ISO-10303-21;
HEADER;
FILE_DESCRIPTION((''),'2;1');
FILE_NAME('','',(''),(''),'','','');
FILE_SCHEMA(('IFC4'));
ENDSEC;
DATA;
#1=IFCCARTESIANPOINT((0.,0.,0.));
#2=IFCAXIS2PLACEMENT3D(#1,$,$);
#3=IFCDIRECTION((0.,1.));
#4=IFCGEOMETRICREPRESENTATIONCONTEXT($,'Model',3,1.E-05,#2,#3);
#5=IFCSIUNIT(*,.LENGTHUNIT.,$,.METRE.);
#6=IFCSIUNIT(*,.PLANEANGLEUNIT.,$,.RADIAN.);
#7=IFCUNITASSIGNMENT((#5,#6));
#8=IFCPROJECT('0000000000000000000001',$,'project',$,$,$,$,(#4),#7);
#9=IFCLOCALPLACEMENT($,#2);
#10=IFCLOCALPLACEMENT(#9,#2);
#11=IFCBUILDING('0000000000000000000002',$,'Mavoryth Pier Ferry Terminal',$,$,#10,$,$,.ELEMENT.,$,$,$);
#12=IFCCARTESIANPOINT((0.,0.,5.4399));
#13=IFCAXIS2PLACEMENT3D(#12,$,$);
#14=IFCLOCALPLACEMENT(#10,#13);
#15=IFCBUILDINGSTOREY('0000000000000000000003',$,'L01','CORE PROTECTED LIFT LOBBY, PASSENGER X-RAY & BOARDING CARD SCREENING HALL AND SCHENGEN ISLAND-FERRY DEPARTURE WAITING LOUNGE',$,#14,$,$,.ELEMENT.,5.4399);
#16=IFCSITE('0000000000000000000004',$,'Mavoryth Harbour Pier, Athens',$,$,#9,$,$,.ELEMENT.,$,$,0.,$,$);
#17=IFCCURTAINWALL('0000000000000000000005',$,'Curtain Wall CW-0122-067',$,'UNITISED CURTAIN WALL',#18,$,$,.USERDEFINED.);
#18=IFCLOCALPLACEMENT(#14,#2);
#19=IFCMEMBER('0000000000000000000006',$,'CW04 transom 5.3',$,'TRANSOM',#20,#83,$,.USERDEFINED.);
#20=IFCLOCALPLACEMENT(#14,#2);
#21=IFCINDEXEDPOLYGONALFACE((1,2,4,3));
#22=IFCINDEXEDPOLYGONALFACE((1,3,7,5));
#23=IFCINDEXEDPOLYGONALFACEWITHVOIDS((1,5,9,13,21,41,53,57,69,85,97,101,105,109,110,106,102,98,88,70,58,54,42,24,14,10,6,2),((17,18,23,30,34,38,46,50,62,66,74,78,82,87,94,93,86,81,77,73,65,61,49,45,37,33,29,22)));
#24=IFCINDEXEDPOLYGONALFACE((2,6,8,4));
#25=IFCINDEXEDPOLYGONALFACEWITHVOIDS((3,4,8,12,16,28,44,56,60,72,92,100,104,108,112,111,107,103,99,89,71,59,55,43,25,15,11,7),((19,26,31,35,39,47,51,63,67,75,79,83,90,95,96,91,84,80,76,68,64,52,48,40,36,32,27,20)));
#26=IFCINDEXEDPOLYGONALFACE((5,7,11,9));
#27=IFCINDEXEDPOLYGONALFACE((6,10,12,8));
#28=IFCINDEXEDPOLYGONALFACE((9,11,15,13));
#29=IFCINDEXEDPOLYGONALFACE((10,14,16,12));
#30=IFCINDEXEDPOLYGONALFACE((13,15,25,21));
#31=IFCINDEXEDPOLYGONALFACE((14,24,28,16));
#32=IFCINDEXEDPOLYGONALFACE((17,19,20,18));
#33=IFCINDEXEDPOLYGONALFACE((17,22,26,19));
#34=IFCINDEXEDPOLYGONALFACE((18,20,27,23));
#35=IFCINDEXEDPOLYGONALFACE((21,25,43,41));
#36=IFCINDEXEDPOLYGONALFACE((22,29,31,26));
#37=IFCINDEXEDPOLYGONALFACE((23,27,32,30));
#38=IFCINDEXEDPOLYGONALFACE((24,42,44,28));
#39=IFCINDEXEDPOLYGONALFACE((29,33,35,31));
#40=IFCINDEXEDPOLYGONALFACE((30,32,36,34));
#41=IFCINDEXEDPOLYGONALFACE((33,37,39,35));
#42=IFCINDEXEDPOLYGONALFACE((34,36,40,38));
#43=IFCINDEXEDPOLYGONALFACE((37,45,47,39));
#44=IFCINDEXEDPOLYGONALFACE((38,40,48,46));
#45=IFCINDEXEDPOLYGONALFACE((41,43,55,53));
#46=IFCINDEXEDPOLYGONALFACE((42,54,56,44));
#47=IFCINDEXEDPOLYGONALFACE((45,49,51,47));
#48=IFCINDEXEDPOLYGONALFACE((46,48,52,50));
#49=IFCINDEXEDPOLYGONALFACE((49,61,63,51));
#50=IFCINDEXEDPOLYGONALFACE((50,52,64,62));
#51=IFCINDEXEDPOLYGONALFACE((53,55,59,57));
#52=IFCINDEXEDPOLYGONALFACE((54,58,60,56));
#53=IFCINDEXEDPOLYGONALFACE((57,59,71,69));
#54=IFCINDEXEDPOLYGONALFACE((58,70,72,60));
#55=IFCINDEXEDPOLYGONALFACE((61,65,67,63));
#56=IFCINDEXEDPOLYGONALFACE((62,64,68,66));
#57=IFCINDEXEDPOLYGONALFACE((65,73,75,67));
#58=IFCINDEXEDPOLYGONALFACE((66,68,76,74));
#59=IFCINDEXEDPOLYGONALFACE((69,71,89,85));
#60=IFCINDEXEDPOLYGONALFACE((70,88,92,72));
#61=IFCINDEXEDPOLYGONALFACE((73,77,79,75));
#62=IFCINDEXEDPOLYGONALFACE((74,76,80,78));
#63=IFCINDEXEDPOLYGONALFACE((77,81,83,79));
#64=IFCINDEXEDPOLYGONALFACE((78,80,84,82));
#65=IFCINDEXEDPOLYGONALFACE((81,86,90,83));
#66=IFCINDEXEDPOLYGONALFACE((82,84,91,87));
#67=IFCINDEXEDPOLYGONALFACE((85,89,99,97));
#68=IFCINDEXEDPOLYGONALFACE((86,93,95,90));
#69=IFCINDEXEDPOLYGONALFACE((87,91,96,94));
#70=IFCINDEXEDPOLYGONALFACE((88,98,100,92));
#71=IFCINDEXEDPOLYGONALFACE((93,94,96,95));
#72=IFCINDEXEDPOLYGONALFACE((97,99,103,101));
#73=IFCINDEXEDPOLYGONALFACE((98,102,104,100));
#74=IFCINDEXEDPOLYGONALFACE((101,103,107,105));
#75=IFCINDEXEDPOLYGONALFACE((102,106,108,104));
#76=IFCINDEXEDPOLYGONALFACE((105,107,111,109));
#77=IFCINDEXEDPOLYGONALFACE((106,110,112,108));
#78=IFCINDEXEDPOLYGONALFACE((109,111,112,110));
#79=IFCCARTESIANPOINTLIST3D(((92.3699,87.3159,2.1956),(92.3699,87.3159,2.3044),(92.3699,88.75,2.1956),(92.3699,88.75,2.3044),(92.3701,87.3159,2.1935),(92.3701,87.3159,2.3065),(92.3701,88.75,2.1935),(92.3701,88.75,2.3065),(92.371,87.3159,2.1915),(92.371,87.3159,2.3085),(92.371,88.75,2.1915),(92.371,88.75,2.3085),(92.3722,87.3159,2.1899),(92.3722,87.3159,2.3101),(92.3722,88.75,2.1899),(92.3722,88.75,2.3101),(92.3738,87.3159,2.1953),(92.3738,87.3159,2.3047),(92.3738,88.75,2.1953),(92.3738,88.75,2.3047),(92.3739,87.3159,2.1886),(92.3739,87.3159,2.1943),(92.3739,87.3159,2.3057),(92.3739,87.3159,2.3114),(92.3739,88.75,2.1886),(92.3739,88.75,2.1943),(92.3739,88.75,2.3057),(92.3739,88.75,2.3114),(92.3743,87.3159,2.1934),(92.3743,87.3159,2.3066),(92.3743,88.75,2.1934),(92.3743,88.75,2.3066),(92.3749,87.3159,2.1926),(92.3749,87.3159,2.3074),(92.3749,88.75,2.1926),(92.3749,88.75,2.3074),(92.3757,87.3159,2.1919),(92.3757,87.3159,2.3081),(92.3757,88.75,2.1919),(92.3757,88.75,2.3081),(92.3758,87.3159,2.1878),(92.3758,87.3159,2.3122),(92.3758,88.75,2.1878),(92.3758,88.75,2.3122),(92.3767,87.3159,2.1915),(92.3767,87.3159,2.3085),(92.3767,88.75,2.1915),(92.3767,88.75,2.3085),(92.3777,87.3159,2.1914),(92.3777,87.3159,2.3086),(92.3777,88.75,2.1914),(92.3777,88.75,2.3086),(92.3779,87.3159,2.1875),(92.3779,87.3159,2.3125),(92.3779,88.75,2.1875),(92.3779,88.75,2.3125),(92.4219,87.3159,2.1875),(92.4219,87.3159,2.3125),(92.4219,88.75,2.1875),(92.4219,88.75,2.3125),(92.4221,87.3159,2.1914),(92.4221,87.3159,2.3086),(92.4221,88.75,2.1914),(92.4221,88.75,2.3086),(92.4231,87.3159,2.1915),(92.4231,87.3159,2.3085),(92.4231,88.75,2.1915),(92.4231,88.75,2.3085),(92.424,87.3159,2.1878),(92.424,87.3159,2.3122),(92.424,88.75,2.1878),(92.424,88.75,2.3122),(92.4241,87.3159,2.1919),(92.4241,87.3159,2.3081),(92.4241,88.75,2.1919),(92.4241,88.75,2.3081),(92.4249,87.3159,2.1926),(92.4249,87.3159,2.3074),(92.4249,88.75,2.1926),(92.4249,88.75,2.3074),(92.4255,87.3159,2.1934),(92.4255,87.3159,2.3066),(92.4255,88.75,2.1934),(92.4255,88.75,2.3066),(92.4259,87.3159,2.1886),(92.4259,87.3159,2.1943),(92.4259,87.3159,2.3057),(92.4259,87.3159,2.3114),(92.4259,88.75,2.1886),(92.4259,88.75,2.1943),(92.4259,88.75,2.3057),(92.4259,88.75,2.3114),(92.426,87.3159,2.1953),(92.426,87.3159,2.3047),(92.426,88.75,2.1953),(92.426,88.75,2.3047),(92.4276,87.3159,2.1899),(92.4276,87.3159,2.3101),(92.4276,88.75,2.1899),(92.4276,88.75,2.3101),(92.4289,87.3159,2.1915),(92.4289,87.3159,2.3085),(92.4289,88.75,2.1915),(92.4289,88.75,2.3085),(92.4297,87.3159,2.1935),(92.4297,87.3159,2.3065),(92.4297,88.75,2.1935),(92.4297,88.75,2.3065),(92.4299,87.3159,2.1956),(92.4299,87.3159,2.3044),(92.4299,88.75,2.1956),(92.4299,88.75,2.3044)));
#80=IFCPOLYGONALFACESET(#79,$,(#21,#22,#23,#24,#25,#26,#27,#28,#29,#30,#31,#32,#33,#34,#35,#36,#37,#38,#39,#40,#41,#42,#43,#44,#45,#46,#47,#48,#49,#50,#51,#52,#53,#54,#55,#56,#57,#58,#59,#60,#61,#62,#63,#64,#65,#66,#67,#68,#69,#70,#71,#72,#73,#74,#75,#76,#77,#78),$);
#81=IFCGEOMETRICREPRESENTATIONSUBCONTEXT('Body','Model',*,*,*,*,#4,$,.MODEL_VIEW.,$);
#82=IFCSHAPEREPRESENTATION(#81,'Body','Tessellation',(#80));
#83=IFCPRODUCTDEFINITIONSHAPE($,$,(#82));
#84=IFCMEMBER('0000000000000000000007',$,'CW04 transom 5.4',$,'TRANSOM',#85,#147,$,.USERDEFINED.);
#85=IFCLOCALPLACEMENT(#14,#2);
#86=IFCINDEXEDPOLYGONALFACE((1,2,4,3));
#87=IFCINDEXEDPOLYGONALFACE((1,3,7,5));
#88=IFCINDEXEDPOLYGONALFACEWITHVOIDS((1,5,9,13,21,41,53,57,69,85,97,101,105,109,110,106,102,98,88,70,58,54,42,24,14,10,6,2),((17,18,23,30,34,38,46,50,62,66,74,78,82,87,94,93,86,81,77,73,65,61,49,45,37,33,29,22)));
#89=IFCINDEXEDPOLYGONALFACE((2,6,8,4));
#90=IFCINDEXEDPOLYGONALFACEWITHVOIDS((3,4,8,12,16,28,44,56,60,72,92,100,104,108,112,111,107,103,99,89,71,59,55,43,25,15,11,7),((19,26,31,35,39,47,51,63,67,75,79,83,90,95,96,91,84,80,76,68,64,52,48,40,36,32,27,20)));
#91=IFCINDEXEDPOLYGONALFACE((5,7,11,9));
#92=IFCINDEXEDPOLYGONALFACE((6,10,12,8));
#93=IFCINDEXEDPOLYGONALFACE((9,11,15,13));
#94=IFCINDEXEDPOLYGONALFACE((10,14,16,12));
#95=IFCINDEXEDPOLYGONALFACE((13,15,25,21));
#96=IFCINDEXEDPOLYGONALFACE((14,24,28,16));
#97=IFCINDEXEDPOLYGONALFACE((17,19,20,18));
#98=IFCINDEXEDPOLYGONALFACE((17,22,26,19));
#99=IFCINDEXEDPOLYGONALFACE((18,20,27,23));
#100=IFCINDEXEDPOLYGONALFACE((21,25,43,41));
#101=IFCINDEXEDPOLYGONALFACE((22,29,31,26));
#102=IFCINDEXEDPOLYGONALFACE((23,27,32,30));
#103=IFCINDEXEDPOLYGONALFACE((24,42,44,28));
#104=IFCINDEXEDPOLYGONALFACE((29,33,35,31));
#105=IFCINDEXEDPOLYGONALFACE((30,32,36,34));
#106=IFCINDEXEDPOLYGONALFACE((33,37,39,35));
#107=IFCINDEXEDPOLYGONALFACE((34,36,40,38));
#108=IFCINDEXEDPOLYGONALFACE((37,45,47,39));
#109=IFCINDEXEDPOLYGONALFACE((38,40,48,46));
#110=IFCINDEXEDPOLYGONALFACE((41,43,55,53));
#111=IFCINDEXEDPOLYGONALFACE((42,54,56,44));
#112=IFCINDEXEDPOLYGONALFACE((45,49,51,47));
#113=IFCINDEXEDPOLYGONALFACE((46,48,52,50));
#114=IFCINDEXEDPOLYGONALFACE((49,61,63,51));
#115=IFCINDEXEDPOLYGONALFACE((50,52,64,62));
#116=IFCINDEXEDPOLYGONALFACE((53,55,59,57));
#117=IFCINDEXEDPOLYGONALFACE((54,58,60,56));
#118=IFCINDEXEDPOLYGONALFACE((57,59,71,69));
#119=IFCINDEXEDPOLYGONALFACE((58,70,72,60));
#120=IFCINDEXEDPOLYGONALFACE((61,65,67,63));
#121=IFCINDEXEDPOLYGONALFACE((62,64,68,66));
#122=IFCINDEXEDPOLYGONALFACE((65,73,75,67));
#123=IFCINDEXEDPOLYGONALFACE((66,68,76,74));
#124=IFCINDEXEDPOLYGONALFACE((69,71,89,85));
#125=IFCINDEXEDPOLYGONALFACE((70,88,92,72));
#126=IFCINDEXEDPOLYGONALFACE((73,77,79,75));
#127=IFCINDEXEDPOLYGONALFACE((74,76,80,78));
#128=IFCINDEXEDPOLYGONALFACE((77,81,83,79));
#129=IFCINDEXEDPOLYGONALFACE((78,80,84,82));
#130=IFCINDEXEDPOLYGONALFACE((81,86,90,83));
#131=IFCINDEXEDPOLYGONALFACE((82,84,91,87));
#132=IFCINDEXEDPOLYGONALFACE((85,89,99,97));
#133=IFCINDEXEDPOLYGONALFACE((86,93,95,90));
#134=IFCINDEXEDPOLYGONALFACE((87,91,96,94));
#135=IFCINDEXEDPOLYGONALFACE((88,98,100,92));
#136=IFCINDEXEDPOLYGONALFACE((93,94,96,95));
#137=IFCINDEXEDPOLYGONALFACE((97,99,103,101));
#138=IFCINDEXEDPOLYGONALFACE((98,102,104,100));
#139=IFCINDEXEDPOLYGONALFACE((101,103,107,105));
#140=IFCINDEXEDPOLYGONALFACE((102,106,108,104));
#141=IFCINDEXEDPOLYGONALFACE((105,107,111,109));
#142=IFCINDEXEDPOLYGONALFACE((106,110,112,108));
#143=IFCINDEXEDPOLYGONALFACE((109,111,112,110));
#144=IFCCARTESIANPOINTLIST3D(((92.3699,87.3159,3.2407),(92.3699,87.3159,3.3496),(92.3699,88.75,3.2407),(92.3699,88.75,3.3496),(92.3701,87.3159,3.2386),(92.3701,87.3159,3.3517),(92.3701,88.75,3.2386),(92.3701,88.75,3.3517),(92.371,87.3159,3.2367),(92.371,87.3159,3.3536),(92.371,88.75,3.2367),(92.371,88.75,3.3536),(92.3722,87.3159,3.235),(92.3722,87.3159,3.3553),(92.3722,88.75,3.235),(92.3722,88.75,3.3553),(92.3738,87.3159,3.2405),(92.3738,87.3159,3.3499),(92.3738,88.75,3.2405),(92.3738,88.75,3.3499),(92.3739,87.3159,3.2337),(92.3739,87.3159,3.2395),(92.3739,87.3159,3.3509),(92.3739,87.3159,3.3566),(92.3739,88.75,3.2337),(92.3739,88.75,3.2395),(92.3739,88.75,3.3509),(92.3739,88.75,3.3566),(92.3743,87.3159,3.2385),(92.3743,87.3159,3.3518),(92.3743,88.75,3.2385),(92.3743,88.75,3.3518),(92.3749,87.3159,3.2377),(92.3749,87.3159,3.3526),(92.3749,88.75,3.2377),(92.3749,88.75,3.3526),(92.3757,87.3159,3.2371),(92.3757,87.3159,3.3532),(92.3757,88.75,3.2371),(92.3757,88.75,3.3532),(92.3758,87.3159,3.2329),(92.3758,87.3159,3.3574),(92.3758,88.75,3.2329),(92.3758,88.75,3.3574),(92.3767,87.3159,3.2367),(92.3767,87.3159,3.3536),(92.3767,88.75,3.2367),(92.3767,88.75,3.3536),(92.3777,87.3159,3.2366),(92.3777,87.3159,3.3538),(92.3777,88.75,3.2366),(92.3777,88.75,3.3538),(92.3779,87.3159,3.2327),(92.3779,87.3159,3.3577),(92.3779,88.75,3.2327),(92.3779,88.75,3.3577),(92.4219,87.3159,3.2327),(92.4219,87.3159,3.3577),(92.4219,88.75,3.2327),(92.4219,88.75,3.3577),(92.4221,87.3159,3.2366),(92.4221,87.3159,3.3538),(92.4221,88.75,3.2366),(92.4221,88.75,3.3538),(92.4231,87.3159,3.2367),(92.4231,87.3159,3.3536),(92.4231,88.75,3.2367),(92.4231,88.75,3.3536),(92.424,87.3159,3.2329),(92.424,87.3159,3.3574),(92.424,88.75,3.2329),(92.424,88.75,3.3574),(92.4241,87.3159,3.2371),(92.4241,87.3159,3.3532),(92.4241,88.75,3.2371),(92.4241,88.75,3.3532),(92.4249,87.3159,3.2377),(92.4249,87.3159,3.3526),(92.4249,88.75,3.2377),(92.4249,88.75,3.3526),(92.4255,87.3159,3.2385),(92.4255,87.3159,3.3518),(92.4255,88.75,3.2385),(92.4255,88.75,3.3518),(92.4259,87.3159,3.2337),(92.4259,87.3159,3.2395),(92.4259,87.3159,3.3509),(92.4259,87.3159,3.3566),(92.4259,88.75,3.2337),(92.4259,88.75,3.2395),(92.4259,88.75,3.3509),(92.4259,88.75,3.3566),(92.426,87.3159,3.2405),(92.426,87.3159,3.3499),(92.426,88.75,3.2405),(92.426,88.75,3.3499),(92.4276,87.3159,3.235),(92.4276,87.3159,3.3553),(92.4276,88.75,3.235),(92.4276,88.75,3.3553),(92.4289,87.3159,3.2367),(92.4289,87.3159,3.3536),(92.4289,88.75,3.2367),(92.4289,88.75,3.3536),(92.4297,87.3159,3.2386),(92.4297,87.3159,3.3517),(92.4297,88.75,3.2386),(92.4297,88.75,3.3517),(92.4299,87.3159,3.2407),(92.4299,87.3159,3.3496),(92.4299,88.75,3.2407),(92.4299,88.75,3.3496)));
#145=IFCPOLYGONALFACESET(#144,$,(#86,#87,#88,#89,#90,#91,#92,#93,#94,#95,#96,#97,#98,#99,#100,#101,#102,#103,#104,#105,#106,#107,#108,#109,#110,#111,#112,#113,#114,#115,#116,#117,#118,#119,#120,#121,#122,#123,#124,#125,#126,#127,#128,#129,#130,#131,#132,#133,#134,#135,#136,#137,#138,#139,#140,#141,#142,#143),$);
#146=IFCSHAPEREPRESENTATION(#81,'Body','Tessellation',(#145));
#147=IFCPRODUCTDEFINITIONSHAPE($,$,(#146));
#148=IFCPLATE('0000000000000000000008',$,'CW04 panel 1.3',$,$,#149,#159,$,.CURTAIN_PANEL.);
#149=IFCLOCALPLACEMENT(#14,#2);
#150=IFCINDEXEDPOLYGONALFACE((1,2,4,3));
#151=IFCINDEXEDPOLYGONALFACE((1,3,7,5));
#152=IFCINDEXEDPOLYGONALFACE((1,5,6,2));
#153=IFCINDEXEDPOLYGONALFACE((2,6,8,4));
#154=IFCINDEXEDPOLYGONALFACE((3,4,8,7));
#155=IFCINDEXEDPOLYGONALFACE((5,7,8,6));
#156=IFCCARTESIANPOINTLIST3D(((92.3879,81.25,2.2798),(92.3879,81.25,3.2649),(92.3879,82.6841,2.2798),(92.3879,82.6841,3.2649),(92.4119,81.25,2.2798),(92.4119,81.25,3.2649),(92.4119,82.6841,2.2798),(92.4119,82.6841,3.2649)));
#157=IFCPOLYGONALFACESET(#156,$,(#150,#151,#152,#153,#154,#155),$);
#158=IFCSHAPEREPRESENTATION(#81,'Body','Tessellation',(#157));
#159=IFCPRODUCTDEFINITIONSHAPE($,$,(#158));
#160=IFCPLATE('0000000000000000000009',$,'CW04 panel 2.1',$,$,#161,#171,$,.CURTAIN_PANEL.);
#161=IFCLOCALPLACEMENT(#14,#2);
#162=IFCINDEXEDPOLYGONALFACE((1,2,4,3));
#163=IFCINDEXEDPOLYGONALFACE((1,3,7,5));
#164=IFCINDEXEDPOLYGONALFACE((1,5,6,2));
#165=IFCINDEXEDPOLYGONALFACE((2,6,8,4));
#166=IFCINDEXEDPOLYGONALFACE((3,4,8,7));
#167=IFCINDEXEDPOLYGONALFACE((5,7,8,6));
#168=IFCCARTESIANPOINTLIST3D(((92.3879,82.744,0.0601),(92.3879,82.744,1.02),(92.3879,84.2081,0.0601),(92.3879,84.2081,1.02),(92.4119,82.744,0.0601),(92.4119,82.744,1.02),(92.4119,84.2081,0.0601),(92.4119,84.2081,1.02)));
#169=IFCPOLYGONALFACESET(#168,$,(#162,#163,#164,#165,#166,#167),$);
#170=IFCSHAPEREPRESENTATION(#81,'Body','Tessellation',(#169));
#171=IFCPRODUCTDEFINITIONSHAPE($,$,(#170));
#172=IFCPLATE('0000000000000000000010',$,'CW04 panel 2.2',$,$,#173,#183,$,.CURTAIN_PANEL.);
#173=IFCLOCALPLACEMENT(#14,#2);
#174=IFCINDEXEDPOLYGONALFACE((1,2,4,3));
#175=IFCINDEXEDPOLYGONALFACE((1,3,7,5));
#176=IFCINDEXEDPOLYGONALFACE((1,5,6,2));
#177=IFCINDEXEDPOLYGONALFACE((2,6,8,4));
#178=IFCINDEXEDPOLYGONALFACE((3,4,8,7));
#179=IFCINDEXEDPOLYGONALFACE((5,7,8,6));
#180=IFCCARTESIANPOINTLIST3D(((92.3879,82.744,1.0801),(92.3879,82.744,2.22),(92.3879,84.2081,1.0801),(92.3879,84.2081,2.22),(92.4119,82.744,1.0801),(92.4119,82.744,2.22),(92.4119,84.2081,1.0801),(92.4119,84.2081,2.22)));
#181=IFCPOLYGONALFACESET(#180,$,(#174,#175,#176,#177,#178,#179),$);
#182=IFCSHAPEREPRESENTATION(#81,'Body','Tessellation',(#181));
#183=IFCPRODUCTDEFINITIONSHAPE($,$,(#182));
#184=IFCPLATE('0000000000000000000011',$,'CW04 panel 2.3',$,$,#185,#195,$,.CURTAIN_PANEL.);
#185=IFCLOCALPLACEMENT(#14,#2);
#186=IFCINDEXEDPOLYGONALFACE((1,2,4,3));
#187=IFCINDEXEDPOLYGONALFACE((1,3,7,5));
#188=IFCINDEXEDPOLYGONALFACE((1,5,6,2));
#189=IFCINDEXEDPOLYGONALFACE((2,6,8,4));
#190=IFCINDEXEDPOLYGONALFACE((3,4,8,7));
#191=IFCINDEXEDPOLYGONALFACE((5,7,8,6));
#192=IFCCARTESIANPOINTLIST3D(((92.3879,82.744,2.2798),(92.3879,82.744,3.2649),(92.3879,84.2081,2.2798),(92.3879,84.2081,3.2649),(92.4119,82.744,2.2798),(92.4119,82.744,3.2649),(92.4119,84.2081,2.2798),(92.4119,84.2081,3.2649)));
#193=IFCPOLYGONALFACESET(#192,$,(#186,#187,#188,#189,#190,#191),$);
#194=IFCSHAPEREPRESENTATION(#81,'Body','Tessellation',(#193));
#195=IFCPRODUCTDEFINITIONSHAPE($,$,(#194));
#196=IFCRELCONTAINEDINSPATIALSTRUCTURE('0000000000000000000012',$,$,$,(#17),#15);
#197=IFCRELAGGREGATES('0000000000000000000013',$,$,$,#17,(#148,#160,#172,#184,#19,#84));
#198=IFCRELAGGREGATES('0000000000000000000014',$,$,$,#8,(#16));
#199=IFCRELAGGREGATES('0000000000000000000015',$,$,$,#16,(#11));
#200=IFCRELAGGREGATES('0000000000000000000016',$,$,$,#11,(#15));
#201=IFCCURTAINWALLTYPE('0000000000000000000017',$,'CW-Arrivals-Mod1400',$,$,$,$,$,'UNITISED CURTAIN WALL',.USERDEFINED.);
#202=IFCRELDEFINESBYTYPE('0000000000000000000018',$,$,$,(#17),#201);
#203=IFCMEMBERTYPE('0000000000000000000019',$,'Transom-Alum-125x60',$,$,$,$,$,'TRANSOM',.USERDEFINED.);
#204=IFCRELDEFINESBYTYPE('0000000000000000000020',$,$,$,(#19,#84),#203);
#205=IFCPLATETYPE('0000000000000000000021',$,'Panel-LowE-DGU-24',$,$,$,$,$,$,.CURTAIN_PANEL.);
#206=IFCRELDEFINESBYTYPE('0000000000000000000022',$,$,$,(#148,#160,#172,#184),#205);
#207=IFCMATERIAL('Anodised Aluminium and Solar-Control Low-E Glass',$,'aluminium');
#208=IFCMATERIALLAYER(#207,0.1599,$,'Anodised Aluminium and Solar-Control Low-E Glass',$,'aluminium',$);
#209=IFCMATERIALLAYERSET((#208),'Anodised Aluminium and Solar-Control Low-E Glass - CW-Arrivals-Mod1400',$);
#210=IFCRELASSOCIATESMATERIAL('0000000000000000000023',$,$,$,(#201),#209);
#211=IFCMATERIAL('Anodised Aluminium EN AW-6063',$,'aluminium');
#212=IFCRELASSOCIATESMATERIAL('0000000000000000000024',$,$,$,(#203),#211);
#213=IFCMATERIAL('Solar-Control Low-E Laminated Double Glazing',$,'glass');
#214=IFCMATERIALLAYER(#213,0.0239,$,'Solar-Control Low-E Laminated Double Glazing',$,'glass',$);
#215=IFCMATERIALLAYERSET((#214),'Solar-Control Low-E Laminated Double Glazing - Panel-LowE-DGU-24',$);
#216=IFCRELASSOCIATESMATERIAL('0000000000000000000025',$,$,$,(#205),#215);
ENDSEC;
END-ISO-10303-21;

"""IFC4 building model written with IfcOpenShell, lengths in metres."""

from ifc_helpers import new_model, si_unit, direction, frame, origin, origin_2d, place, context, subcontext, project, spatial, rectangle, hollow_rectangle, extrude, material, layer, layer_set, material_profile, profile_set, type_object, element, aggregate, save


model = new_model("IFC4")

# Units and contexts
model_context = context("Model", 3, precision=1e-05, world=origin(), true_north=direction((0.0, 1.0)))
body_context = subcontext(model_context, "Body", "Model", "MODEL_VIEW")
ifc_project = project(units=[si_unit("LENGTHUNIT", "METRE"), si_unit("PLANEANGLEUNIT", "RADIAN")], contexts=[model_context])

# Site, building, storey
site_placement = place(None, origin())
site = spatial("IfcSite", under=ifc_project, at=site_placement, Name="Mavoryth Harbour Pier, Athens", CompositionType="ELEMENT", RefElevation=0.0)
building_placement = place(site_placement, origin())
building = spatial("IfcBuilding", under=site, at=building_placement, Name="Mavoryth Pier Ferry Terminal", CompositionType="ELEMENT")
storey_placement = place(building_placement, frame((0.0, 0.0, 5.4399)))
storey = spatial("IfcBuildingStorey", under=building, at=storey_placement, Name="L01", Description="CORE PROTECTED LIFT LOBBY, PASSENGER X-RAY & BOARDING CARD SCREENING HALL AND SCHENGEN ISLAND-FERRY DEPARTURE WAITING LOUNGE", CompositionType="ELEMENT", Elevation=5.4399)

# Curtain wall
ifc_material_1 = material(Name="Anodised Aluminium and Solar-Control Low-E Glass", Category="aluminium")
ifc_layer_1 = layer(ifc_material_1, 0.1599, Name="Anodised Aluminium and Solar-Control Low-E Glass", Category="aluminium")
ifc_layer_set_1 = layer_set([ifc_layer_1], Name="Anodised Aluminium and Solar-Control Low-E Glass - CW-Arrivals-Mod1400")
curtain_wall_type = type_object("IfcCurtainWallType", Name="CW-Arrivals-Mod1400", ElementType="UNITISED CURTAIN WALL", PredefinedType="USERDEFINED", material=ifc_layer_set_1)
curtain_wall_1_placement = place(storey_placement, origin())
curtain_wall_1 = element("IfcCurtainWall", 1, at=curtain_wall_1_placement, inside=storey, type_object=curtain_wall_type, Name="Curtain Wall CW-0122-067", ObjectType="UNITISED CURTAIN WALL", PredefinedType="USERDEFINED")
ifc_material_2 = material(Name="Anodised Aluminium EN AW-6063", Category="aluminium")

# Members
ifc_material_profile_1 = material_profile(ifc_material_2, hollow_rectangle(XDim=0.0601, YDim=0.125, WallThickness=0.0039, InnerFilletRadius=0.0039, OuterFilletRadius=0.0081, at=origin_2d()), Name="AL-TRAN 125x60x4", Category="aluminium")
ifc_profile_set_1 = profile_set([ifc_material_profile_1], Name="Anodised Aluminium EN AW-6063 - AL-TRAN 125x60x4")
member_type_1 = type_object("IfcMemberType", Name="Transom-Alum-125x60", ElementType="TRANSOM", PredefinedType="USERDEFINED", material=ifc_profile_set_1)
member_1_placement = place(storey_placement, frame((92.3999, 87.3159, 2.25), z_axis=(0.0, 1.0, 0.0), x_axis=(-1.0, 0.0, 0.0)))
member_1 = element("IfcMember", 2, at=member_1_placement, type_object=member_type_1, Name="CW04 transom 5.3", ObjectType="TRANSOM", PredefinedType="USERDEFINED", context=body_context, shape_type="SweptSolid", body=[
    extrude(hollow_rectangle(XDim=0.0601, YDim=0.125, WallThickness=0.0039, InnerFilletRadius=0.0039, OuterFilletRadius=0.0081, at=origin_2d()), origin(), (0.0, 0.0, 1.0), 1.4341),
])
member_2_placement = place(storey_placement, frame((92.3999, 87.3159, 3.2952), z_axis=(0.0, 1.0, 0.0), x_axis=(-1.0, 0.0, 0.0)))
member_2 = element("IfcMember", 3, at=member_2_placement, type_object=member_type_1, Name="CW04 transom 5.4", ObjectType="TRANSOM", PredefinedType="USERDEFINED", context=body_context, shape_type="SweptSolid", body=[
    extrude(hollow_rectangle(XDim=0.0601, YDim=0.125, WallThickness=0.0039, InnerFilletRadius=0.0039, OuterFilletRadius=0.0081, at=origin_2d()), origin(), (0.0, 0.0, 1.0), 1.4341),
])

# Plates
ifc_material_3 = material(Name="Solar-Control Low-E Laminated Double Glazing", Category="glass")
ifc_layer_2 = layer(ifc_material_3, 0.0239, Name="Solar-Control Low-E Laminated Double Glazing", Category="glass")
ifc_layer_set_2 = layer_set([ifc_layer_2], Name="Solar-Control Low-E Laminated Double Glazing - Panel-LowE-DGU-24")
plate_type = type_object("IfcPlateType", Name="Panel-LowE-DGU-24", PredefinedType="CURTAIN_PANEL", material=ifc_layer_set_2)
plate_1_placement = place(storey_placement, frame((92.3999, 81.967, 2.2798), z_axis=(0.0, 0.0, 1.0), x_axis=(0.0, 1.0, 0.0)))
plate_1 = element("IfcPlate", 4, at=plate_1_placement, type_object=plate_type, Name="CW04 panel 1.3", PredefinedType="CURTAIN_PANEL", context=body_context, shape_type="SweptSolid", body=[
    extrude(rectangle(XDim=1.4341, YDim=0.0239, at=origin_2d()), origin(), (0.0, 0.0, 1.0), 0.9851),
])
plate_2_placement = place(storey_placement, frame((92.3999, 83.4761, 0.0601), z_axis=(0.0, 0.0, 1.0), x_axis=(0.0, 1.0, 0.0)))
plate_2 = element("IfcPlate", 5, at=plate_2_placement, type_object=plate_type, Name="CW04 panel 2.1", PredefinedType="CURTAIN_PANEL", context=body_context, shape_type="SweptSolid", body=[
    extrude(rectangle(XDim=1.4641, YDim=0.0239, at=origin_2d()), origin(), (0.0, 0.0, 1.0), 0.96),
])
plate_3_placement = place(storey_placement, frame((92.3999, 83.4761, 1.0801), z_axis=(0.0, 0.0, 1.0), x_axis=(0.0, 1.0, 0.0)))
plate_3 = element("IfcPlate", 6, at=plate_3_placement, type_object=plate_type, Name="CW04 panel 2.2", PredefinedType="CURTAIN_PANEL", context=body_context, shape_type="SweptSolid", body=[
    extrude(rectangle(XDim=1.4641, YDim=0.0239, at=origin_2d()), origin(), (0.0, 0.0, 1.0), 1.1399),
])
plate_4_placement = place(storey_placement, frame((92.3999, 83.4761, 2.2798), z_axis=(0.0, 0.0, 1.0), x_axis=(0.0, 1.0, 0.0)))
plate_4 = element("IfcPlate", 7, at=plate_4_placement, type_object=plate_type, Name="CW04 panel 2.3", PredefinedType="CURTAIN_PANEL", context=body_context, shape_type="SweptSolid", body=[
    extrude(rectangle(XDim=1.4641, YDim=0.0239, at=origin_2d()), origin(), (0.0, 0.0, 1.0), 0.9851),
])
aggregate(curtain_wall_1, [plate_1, plate_2, plate_3, plate_4, member_1, member_2])

save(model, "model.ifc")
